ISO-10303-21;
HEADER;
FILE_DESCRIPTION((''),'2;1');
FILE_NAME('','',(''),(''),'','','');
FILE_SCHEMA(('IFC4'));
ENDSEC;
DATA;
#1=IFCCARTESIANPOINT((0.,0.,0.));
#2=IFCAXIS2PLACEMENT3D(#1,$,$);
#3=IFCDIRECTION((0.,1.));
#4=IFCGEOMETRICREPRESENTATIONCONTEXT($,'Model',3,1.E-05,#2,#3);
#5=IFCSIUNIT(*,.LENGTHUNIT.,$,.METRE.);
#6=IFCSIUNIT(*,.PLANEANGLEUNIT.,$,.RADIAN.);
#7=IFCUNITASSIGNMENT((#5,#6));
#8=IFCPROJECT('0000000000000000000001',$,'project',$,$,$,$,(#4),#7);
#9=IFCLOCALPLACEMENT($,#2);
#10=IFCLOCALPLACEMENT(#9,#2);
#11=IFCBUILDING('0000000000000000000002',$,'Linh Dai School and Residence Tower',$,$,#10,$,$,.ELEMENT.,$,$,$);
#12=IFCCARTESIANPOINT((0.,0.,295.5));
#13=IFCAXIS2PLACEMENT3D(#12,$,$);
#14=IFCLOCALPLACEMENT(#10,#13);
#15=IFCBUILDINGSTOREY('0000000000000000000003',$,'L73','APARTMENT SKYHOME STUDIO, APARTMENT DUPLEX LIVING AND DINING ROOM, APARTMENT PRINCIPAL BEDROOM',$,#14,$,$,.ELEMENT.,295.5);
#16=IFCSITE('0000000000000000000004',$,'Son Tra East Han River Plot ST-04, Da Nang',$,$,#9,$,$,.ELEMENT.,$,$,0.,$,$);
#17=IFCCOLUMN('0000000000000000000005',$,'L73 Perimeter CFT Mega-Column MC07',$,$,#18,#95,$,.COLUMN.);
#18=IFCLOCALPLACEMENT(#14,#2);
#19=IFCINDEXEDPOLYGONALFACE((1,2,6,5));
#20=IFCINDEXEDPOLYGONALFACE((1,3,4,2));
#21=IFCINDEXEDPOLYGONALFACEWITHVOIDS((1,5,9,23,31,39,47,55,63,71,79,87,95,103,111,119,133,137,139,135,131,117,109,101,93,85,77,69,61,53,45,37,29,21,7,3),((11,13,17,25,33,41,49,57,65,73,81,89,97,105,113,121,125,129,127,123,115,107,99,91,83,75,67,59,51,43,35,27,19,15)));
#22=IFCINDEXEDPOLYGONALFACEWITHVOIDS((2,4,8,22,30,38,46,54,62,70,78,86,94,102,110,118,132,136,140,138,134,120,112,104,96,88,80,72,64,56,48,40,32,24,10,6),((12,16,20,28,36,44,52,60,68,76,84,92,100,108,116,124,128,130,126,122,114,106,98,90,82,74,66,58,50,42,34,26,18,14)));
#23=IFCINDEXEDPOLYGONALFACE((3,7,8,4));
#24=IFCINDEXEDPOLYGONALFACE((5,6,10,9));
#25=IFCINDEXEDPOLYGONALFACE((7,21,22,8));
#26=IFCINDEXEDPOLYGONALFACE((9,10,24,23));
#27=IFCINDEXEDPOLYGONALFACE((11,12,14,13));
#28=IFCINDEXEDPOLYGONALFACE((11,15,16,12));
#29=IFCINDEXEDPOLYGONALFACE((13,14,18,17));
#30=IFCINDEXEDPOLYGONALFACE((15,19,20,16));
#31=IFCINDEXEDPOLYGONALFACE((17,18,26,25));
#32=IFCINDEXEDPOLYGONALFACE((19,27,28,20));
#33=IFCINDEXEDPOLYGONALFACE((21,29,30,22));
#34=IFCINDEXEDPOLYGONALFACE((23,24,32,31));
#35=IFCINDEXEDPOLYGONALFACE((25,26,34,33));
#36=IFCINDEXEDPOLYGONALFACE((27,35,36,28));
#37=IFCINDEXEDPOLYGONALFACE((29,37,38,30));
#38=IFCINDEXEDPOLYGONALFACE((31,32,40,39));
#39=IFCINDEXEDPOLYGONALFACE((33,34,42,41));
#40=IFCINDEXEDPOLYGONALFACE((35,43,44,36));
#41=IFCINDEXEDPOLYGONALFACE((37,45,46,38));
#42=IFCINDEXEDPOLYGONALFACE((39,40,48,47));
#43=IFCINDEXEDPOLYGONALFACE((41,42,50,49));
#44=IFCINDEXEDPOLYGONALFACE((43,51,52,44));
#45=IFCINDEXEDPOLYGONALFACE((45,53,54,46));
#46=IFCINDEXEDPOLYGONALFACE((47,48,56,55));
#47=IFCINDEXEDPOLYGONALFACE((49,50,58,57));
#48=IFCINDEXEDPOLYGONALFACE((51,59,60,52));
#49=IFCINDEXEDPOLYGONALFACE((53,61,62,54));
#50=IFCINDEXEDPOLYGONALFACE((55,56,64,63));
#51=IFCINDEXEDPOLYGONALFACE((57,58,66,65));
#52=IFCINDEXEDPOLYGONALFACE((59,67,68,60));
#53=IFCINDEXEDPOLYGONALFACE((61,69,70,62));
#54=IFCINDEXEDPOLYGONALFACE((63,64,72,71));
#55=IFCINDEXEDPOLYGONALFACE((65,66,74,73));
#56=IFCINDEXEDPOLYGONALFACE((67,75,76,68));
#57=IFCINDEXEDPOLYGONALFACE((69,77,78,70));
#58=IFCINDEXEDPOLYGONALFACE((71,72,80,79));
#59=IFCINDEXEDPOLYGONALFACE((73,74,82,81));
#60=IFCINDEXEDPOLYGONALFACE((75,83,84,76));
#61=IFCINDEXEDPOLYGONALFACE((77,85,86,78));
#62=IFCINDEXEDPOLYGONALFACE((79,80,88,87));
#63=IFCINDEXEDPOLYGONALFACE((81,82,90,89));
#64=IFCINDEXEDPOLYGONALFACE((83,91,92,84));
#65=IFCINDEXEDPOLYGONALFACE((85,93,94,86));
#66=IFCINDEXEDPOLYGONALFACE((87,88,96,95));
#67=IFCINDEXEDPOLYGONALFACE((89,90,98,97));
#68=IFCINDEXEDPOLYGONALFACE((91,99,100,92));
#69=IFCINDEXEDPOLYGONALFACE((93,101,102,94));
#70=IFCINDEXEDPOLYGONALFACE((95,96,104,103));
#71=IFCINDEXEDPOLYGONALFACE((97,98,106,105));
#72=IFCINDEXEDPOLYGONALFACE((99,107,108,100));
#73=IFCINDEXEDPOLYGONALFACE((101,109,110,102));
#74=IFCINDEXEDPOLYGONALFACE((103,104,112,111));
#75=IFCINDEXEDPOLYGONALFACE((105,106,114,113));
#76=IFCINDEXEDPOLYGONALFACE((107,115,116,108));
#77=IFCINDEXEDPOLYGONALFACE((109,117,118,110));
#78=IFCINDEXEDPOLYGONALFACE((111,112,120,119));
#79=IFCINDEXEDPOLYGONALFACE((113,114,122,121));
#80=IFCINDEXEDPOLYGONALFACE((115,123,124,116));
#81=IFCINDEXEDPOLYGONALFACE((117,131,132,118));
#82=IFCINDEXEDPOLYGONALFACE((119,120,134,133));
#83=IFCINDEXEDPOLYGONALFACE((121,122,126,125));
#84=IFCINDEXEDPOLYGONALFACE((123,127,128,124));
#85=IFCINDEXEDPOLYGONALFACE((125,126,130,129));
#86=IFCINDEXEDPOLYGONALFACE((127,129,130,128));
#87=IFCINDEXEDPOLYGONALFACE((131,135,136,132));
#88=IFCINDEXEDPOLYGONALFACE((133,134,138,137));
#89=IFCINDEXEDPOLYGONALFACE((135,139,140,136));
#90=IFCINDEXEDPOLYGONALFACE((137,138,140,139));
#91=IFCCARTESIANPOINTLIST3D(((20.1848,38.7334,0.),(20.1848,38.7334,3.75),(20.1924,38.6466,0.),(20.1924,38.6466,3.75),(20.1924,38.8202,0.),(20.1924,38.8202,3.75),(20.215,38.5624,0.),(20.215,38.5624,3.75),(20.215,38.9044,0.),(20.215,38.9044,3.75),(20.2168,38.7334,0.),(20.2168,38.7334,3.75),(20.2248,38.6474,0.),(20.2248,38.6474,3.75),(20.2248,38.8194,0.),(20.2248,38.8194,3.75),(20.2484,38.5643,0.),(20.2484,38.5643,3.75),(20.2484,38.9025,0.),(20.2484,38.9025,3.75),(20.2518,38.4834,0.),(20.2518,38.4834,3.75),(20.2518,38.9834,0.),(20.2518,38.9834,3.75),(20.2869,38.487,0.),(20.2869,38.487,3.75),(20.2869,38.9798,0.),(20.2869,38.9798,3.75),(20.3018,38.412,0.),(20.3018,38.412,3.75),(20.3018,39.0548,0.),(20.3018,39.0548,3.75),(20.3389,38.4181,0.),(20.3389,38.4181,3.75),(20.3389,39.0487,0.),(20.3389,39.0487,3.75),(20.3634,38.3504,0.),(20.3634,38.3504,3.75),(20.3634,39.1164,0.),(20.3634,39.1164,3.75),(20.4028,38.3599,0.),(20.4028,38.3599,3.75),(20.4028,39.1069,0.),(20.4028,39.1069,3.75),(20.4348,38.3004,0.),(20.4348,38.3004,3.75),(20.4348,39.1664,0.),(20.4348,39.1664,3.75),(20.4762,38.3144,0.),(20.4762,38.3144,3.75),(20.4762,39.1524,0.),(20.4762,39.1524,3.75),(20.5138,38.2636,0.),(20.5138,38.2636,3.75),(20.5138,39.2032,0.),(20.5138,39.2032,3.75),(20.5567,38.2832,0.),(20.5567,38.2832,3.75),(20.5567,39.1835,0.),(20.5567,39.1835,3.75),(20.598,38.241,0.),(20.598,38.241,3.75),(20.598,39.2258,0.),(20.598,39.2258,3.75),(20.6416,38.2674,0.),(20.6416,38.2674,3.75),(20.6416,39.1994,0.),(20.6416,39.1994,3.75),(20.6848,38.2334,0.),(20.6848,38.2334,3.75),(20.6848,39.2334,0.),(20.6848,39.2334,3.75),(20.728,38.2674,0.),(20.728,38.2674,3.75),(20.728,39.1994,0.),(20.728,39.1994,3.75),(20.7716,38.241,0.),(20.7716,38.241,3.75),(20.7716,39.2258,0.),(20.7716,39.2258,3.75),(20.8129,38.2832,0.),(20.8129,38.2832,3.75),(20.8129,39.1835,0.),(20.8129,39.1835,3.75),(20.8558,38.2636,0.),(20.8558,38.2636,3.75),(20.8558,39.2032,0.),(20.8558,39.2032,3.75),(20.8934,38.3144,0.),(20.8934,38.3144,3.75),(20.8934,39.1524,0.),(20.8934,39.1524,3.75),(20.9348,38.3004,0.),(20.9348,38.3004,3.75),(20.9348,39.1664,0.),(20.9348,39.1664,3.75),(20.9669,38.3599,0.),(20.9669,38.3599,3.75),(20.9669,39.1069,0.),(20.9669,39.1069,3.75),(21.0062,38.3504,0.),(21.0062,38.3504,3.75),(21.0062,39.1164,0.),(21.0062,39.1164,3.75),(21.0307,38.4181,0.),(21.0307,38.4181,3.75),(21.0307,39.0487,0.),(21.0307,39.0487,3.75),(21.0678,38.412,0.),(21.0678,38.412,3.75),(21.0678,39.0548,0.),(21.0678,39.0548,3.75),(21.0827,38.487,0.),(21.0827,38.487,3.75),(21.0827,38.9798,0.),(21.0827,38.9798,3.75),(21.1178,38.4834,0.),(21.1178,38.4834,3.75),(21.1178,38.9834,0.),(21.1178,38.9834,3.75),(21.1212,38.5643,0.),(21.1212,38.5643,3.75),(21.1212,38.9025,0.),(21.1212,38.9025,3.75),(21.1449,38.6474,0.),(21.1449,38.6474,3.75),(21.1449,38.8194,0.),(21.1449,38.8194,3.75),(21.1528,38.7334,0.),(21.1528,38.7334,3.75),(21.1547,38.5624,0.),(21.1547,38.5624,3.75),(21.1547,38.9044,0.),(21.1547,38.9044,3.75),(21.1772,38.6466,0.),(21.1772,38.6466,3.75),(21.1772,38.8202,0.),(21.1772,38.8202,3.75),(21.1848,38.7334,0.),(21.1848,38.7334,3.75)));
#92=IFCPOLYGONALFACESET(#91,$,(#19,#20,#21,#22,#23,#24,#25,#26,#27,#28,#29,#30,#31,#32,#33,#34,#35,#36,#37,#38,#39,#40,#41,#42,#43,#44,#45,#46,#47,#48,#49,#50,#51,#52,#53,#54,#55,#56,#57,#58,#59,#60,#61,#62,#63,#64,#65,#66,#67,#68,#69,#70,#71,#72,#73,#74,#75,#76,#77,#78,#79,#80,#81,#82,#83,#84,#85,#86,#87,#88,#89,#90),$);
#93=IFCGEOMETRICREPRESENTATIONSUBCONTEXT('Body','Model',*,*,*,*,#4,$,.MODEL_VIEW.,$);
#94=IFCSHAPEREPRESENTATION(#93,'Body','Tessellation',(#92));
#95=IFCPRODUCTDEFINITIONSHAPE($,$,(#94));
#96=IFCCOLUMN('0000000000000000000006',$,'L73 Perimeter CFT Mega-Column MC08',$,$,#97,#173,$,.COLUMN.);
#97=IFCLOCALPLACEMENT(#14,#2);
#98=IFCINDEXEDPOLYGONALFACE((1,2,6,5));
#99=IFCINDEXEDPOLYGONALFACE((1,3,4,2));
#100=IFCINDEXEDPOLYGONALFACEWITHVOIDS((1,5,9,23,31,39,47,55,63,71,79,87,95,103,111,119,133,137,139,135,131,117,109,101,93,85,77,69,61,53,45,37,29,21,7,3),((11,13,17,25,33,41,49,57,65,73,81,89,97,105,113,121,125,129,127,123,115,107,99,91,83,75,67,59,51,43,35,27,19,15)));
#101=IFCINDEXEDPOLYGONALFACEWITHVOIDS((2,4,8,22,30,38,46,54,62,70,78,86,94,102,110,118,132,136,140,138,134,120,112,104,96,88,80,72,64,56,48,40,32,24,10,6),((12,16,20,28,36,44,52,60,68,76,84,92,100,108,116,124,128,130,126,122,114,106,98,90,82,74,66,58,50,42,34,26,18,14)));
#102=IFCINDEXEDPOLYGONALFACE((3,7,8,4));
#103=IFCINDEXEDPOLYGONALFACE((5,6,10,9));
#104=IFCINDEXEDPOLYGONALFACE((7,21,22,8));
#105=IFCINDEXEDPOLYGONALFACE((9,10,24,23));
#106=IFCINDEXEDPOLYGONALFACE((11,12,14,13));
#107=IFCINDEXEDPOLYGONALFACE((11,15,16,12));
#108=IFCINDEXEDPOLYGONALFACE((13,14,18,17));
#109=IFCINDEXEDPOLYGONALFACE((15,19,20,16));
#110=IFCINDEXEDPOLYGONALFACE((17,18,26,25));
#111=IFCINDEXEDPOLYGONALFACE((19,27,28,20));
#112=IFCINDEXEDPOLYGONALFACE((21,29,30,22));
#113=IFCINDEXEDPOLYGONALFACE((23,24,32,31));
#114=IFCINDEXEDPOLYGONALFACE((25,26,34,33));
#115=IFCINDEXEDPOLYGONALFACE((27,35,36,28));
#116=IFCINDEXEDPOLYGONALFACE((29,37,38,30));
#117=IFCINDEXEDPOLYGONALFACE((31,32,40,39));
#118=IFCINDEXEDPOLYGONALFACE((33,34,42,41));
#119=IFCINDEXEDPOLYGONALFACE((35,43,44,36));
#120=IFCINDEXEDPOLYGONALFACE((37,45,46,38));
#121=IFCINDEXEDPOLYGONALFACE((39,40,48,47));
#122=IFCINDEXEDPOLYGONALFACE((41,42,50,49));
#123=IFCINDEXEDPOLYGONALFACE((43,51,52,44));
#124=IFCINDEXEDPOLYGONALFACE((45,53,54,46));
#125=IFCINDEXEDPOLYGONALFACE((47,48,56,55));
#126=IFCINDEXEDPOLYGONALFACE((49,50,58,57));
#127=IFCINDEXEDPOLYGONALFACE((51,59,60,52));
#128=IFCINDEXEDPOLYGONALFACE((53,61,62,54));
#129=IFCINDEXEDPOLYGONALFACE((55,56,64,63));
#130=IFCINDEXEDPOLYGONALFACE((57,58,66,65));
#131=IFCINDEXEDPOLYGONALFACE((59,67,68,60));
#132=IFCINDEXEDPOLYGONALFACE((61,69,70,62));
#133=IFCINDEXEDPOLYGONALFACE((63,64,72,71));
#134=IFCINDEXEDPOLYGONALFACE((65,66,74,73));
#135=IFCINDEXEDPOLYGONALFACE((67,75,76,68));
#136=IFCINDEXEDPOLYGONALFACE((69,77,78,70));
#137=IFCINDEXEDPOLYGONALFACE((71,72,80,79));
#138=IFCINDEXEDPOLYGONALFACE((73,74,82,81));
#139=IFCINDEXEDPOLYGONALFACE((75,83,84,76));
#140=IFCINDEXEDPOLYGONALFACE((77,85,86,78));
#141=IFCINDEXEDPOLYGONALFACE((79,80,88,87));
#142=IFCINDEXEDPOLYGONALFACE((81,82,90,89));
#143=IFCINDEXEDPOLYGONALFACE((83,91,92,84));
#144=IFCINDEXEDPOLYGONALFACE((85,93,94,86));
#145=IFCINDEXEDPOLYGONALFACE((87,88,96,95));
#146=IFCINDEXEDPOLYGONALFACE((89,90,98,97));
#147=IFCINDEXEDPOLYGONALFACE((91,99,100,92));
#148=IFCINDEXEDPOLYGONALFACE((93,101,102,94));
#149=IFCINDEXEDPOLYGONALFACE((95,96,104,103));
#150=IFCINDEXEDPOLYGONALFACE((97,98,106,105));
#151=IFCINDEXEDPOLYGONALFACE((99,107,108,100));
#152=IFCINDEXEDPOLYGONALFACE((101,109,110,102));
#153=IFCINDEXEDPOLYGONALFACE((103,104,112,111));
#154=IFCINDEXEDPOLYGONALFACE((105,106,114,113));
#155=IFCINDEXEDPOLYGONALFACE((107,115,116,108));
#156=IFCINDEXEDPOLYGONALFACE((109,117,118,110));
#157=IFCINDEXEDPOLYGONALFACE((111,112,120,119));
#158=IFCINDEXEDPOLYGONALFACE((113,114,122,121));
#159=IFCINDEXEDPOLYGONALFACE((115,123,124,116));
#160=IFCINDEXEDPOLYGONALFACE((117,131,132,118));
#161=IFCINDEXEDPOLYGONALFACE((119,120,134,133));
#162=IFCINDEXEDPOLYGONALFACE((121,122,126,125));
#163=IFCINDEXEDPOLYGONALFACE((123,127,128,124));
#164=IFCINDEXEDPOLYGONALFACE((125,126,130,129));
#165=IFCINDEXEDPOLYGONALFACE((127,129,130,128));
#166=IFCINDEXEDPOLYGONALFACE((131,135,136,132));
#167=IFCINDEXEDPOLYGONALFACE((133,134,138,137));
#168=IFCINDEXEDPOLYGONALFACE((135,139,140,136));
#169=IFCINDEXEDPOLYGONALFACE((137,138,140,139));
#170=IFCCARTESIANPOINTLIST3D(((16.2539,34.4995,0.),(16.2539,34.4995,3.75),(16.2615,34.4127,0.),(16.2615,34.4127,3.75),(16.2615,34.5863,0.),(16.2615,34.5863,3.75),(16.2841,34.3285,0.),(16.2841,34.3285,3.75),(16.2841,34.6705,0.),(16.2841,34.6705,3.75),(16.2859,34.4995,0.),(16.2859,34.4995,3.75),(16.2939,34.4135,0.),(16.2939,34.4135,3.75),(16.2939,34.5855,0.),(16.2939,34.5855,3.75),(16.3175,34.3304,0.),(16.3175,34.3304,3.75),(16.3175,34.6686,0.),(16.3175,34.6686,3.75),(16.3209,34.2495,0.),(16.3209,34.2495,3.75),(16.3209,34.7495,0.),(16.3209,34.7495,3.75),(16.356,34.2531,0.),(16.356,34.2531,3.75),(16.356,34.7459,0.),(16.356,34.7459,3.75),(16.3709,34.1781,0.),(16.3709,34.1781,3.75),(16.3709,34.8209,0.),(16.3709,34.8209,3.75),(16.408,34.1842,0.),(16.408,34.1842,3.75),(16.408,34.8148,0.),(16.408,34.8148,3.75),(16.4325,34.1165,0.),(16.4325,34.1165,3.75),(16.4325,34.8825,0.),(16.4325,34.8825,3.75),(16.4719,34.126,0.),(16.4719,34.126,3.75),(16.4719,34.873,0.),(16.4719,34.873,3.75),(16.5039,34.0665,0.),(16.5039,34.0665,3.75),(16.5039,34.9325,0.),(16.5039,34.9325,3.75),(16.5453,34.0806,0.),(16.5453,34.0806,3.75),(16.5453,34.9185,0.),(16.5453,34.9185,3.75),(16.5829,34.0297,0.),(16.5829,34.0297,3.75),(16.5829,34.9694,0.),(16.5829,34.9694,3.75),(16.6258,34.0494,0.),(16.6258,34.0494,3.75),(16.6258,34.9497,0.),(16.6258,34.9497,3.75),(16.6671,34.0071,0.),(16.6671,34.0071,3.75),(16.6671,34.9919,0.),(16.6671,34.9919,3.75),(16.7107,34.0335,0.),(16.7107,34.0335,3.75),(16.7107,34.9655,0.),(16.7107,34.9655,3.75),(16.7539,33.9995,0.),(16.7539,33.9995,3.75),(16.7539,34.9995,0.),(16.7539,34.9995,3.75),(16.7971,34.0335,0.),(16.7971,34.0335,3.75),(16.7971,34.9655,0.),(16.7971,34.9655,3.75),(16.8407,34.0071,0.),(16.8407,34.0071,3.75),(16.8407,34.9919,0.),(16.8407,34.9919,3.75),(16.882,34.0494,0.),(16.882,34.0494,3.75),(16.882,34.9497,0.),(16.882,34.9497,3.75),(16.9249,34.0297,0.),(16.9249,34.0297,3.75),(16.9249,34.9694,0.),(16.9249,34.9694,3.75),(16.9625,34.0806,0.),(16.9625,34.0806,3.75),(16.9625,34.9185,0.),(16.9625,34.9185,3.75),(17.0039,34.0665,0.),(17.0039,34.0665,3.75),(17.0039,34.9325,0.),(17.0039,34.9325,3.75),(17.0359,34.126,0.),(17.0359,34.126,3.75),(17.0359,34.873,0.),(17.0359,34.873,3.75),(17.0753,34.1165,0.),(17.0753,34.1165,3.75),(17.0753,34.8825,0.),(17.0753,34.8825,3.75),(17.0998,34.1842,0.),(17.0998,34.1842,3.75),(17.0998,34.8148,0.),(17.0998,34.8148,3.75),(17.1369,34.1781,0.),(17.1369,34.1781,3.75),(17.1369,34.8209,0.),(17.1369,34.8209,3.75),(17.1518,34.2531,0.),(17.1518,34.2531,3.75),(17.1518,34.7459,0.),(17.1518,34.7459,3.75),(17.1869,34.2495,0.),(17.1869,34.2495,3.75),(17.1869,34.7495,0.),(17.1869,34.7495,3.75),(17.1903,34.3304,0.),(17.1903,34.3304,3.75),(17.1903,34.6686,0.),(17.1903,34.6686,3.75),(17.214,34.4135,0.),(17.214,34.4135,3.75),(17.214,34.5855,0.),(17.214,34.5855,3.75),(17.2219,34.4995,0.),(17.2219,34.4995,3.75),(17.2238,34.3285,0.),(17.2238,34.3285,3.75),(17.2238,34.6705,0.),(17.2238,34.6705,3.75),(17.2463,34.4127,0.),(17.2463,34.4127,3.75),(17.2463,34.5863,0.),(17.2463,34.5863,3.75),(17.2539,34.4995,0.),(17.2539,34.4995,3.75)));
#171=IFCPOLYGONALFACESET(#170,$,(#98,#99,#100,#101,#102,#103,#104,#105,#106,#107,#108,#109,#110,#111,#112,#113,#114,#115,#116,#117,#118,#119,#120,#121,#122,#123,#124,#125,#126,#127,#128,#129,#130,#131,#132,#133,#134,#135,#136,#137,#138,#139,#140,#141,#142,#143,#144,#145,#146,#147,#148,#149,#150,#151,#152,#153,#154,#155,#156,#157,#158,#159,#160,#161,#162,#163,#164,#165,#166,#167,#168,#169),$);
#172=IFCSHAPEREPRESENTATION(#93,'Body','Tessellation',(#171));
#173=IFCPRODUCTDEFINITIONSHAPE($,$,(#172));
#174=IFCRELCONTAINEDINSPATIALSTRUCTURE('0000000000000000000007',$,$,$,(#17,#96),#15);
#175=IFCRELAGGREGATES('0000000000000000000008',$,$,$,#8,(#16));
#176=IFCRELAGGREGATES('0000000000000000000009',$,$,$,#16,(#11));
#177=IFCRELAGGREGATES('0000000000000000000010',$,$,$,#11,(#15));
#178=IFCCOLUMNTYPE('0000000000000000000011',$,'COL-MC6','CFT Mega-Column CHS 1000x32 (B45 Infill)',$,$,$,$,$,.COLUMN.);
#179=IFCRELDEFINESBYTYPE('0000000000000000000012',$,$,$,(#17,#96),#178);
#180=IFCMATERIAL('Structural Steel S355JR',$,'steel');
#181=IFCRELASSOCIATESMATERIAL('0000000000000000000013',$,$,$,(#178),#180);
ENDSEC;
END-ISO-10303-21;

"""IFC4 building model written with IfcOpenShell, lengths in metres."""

from ifc_helpers import new_model, si_unit, direction, frame, origin, origin_2d, place, context, subcontext, project, spatial, hollow_circle, extrude, material, material_profile, profile_set, type_object, element, save


model = new_model("IFC4")

# Units and contexts
model_context = context("Model", 3, precision=1e-05, world=origin(), true_north=direction((0.0, 1.0)))
body_context = subcontext(model_context, "Body", "Model", "MODEL_VIEW")
ifc_project = project(units=[si_unit("LENGTHUNIT", "METRE"), si_unit("PLANEANGLEUNIT", "RADIAN")], contexts=[model_context])

# Site, building, storey
site_placement = place(None, origin())
site = spatial("IfcSite", under=ifc_project, at=site_placement, Name="Son Tra East Han River Plot ST-04, Da Nang", CompositionType="ELEMENT", RefElevation=0.0)
building_placement = place(site_placement, origin())
building = spatial("IfcBuilding", under=site, at=building_placement, Name="Linh Dai School and Residence Tower", CompositionType="ELEMENT")
storey_placement = place(building_placement, frame((0.0, 0.0, 295.5)))
storey = spatial("IfcBuildingStorey", under=building, at=storey_placement, Name="L73", Description="APARTMENT SKYHOME STUDIO, APARTMENT DUPLEX LIVING AND DINING ROOM, APARTMENT PRINCIPAL BEDROOM", CompositionType="ELEMENT", Elevation=295.5)

# Columns
ifc_material_1 = material(Name="Structural Steel S355JR", Category="steel")
ifc_material_profile_1 = material_profile(ifc_material_1, hollow_circle(Radius=0.5, WallThickness=0.032, at=origin_2d()), Name="CHS 1000x32")
ifc_profile_set_1 = profile_set([ifc_material_profile_1], Name="Structural Steel S355JR")
column_type = type_object("IfcColumnType", Name="COL-MC6", Description="CFT Mega-Column CHS 1000x32 (B45 Infill)", PredefinedType="COLUMN", material=ifc_profile_set_1)
for number, where, z_axis, x_axis, name in (
    (1, (20.6848, 38.7334, 0.0), (0.0, 0.0, 1.0), (1.0, 0.0, 0.0), "L73 Perimeter CFT Mega-Column MC07"),
    (2, (16.7539, 34.4995, 0.0), (0.0, 0.0, 1.0), (1.0, 0.0, 0.0), "L73 Perimeter CFT Mega-Column MC08"),
):
    element("IfcColumn", number, at=place(storey_placement, frame(where, z_axis=z_axis, x_axis=x_axis)), inside=storey, type_object=column_type, Name=name, PredefinedType="COLUMN", context=body_context, shape_type="SweptSolid", body=[
        extrude(hollow_circle(Radius=0.5, WallThickness=0.032, at=origin_2d()), origin(), (0.0, 0.0, 1.0), 3.75),
    ])

save(model, "model.ifc")
